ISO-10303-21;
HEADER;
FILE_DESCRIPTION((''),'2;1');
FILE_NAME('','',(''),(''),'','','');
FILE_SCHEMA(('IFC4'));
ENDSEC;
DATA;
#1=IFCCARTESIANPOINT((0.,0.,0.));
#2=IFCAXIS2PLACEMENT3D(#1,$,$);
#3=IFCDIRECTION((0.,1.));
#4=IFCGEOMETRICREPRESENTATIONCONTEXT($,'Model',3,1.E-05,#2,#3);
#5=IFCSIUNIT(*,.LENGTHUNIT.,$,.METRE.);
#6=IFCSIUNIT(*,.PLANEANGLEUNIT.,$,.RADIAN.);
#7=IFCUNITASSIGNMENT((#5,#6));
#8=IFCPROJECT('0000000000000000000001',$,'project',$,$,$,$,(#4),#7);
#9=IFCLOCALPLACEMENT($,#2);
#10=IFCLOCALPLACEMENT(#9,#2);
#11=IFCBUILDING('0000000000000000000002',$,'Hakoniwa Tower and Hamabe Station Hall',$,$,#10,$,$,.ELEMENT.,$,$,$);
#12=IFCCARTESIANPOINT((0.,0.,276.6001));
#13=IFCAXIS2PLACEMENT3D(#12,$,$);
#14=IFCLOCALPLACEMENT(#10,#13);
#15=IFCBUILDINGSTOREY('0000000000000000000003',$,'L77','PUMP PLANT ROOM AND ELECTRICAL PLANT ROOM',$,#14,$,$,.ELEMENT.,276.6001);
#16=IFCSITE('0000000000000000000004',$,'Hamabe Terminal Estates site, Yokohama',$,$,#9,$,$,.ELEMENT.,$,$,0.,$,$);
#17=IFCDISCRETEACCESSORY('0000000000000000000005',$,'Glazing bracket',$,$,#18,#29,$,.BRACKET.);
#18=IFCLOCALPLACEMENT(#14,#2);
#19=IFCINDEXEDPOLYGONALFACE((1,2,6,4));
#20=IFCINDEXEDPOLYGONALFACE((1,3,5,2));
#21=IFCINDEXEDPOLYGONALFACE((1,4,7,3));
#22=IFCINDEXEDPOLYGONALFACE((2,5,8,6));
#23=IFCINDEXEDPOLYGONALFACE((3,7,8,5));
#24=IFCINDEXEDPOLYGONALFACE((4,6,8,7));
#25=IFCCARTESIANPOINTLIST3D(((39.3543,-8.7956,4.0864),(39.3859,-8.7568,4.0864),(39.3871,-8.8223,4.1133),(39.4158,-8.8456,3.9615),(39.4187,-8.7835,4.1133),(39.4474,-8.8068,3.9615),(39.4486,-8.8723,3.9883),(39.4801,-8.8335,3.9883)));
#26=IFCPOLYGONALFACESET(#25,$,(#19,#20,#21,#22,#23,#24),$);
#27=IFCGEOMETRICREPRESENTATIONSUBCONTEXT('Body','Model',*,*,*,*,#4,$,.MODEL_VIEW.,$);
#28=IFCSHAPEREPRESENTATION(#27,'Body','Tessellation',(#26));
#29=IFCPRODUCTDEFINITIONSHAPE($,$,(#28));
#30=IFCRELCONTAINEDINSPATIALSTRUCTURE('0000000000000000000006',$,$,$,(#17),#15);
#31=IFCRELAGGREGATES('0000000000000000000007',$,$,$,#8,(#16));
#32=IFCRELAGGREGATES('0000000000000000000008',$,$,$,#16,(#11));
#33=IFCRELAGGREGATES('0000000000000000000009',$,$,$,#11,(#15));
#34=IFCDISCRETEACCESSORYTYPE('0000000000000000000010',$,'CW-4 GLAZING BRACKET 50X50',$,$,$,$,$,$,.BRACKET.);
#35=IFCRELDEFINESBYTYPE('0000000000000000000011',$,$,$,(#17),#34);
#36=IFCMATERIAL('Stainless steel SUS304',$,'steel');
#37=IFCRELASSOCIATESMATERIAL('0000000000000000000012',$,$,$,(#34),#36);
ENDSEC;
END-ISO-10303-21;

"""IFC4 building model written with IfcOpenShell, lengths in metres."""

from ifc_helpers import new_model, si_unit, direction, frame, origin, origin_2d, place, context, subcontext, project, spatial, rectangle, extrude, material, material_profile, profile_set, type_object, element, save


model = new_model("IFC4")

# Units and contexts
model_context = context("Model", 3, precision=1e-05, world=origin(), true_north=direction((0.0, 1.0)))
body_context = subcontext(model_context, "Body", "Model", "MODEL_VIEW")
ifc_project = project(units=[si_unit("LENGTHUNIT", "METRE"), si_unit("PLANEANGLEUNIT", "RADIAN")], contexts=[model_context])

# Site, building, storey
site_placement = place(None, origin())
site = spatial("IfcSite", under=ifc_project, at=site_placement, Name="Hamabe Terminal Estates site, Yokohama", CompositionType="ELEMENT", RefElevation=0.0)
building_placement = place(site_placement, origin())
building = spatial("IfcBuilding", under=site, at=building_placement, Name="Hakoniwa Tower and Hamabe Station Hall", CompositionType="ELEMENT")
storey_placement = place(building_placement, frame((0.0, 0.0, 276.6001)))
storey = spatial("IfcBuildingStorey", under=building, at=storey_placement, Name="L77", Description="PUMP PLANT ROOM AND ELECTRICAL PLANT ROOM", CompositionType="ELEMENT", Elevation=276.6001)

# Discrete accessory
ifc_material_1 = material(Name="Stainless steel SUS304", Category="steel")
ifc_material_profile_1 = material_profile(ifc_material_1, rectangle(XDim=0.05, YDim=0.05, at=origin_2d()), Name="CW-4 GLAZING BRACKET 50X50")
ifc_profile_set_1 = profile_set([ifc_material_profile_1], Name="Stainless steel SUS304")
discrete_accessory_type = type_object("IfcDiscreteAccessoryType", Name="CW-4 GLAZING BRACKET 50X50", PredefinedType="BRACKET", material=ifc_profile_set_1)
discrete_accessory_1_placement = place(storey_placement, frame((39.3865, -8.7896, 4.0999), z_axis=(0.415594, -0.338083, -0.844382), x_axis=(0.631056, 0.775737, 0.0)))
element("IfcDiscreteAccessory", 1, at=discrete_accessory_1_placement, inside=storey, type_object=discrete_accessory_type, Name="Glazing bracket", PredefinedType="BRACKET", context=body_context, shape_type="SweptSolid", body=[
    extrude(rectangle(XDim=0.05, YDim=0.05, at=origin_2d()), origin(), (0.0, 0.0, 1.0), 0.1479),
])

save(model, "model.ifc")
